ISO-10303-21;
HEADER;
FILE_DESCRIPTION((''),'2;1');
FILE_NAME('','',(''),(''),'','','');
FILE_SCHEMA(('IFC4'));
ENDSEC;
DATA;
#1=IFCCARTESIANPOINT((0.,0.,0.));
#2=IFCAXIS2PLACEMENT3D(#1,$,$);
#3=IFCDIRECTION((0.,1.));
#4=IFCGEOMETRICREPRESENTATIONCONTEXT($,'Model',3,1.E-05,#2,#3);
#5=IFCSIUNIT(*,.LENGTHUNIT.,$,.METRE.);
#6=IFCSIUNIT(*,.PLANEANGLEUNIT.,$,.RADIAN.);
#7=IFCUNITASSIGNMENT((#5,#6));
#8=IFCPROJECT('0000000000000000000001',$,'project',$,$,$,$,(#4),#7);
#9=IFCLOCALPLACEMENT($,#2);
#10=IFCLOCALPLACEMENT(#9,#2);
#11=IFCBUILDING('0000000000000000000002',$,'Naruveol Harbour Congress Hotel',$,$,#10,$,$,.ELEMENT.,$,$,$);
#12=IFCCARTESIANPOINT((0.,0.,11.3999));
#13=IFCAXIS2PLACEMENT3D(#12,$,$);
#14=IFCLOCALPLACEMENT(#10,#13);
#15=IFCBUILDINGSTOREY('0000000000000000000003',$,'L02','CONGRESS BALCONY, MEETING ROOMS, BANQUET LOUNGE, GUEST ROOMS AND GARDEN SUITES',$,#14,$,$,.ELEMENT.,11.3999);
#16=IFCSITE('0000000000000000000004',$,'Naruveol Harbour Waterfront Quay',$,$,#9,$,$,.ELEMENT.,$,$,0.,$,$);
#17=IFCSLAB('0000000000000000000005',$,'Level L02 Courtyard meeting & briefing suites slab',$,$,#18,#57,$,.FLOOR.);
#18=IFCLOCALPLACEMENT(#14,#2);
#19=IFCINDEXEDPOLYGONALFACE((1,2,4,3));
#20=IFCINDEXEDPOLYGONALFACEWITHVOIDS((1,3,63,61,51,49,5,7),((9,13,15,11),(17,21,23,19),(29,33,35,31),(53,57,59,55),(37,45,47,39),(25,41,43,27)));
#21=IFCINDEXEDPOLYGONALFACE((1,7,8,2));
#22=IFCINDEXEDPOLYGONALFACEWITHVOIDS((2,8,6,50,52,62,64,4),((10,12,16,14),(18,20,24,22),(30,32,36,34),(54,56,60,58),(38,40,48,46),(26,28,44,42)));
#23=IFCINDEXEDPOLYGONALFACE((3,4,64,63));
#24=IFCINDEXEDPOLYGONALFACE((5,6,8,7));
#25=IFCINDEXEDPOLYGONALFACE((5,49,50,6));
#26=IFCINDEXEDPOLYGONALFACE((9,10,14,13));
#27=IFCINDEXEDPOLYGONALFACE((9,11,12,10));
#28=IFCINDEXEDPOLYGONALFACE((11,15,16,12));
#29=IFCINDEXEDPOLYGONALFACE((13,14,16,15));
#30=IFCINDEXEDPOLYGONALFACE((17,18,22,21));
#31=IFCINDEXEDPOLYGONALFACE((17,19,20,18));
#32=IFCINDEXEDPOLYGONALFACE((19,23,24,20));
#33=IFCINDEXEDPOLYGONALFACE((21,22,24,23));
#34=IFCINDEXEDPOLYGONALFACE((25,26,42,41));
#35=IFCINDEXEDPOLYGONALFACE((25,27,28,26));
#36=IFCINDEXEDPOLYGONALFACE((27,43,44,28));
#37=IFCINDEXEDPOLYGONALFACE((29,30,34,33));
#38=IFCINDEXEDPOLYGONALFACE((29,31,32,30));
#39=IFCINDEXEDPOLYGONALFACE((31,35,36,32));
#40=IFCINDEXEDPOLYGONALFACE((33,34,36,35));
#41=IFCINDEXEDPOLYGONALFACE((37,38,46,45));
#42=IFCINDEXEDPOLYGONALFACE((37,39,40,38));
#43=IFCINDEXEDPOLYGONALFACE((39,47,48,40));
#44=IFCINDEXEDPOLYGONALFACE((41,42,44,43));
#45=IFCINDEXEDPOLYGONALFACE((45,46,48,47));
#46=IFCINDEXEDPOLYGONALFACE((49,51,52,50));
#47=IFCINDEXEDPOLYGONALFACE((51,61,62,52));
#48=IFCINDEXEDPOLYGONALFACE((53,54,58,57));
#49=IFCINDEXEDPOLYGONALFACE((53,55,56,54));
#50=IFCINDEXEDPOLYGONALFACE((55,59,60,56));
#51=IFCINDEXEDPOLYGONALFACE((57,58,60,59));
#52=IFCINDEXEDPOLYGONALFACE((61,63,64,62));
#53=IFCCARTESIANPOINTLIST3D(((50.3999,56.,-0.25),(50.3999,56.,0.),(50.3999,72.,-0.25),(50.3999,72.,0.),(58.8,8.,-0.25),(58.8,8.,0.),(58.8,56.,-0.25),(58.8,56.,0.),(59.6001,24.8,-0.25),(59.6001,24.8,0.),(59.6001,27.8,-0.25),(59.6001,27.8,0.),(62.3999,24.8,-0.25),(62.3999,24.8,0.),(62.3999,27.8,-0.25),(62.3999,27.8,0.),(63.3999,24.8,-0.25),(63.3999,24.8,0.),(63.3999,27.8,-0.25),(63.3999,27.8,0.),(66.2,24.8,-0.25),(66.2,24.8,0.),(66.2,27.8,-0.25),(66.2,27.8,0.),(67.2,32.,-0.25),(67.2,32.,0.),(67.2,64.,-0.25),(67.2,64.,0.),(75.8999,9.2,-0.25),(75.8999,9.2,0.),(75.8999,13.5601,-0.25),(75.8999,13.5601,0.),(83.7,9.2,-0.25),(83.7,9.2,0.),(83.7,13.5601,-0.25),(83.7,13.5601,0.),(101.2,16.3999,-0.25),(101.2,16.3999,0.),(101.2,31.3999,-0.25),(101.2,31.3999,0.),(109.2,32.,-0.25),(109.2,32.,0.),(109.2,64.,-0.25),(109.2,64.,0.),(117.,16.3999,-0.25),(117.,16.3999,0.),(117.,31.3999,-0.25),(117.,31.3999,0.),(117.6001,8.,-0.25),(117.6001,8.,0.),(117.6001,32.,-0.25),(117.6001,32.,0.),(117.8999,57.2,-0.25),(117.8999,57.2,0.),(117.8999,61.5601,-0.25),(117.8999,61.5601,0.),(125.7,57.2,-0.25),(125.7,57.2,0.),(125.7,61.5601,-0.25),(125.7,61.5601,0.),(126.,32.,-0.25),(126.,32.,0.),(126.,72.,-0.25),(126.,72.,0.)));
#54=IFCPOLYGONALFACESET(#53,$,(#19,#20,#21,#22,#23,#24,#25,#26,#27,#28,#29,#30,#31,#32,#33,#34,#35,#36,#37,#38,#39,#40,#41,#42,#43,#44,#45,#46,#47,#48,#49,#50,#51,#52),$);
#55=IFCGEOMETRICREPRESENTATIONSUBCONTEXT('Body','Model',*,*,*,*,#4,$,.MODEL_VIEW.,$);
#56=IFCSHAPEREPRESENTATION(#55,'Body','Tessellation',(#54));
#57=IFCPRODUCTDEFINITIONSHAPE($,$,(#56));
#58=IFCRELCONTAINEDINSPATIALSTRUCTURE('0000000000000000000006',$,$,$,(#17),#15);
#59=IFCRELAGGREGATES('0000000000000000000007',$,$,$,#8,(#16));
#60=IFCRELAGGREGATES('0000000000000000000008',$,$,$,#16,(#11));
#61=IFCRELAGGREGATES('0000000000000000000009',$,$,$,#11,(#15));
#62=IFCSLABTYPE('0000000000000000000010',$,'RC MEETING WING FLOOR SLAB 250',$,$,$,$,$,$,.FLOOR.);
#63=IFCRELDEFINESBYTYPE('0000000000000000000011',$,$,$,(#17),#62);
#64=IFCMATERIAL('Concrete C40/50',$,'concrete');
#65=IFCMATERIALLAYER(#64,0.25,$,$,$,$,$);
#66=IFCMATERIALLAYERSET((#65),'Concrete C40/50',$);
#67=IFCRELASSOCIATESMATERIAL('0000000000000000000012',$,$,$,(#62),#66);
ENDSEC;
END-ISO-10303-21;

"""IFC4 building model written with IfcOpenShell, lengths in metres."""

from ifc_helpers import new_model, si_unit, direction, frame, origin, place, context, subcontext, project, spatial, polyline, outline, extrude, material, layer, layer_set, type_object, element, save


model = new_model("IFC4")

# Units and contexts
model_context = context("Model", 3, precision=1e-05, world=origin(), true_north=direction((0.0, 1.0)))
body_context = subcontext(model_context, "Body", "Model", "MODEL_VIEW")
ifc_project = project(units=[si_unit("LENGTHUNIT", "METRE"), si_unit("PLANEANGLEUNIT", "RADIAN")], contexts=[model_context])

# Site, building, storey
site_placement = place(None, origin())
site = spatial("IfcSite", under=ifc_project, at=site_placement, Name="Naruveol Harbour Waterfront Quay", CompositionType="ELEMENT", RefElevation=0.0)
building_placement = place(site_placement, origin())
building = spatial("IfcBuilding", under=site, at=building_placement, Name="Naruveol Harbour Congress Hotel", CompositionType="ELEMENT")
storey_placement = place(building_placement, frame((0.0, 0.0, 11.3999)))
storey = spatial("IfcBuildingStorey", under=building, at=storey_placement, Name="L02", Description="CONGRESS BALCONY, MEETING ROOMS, BANQUET LOUNGE, GUEST ROOMS AND GARDEN SUITES", CompositionType="ELEMENT", Elevation=11.3999)

# Slab
ifc_material_1 = material(Name="Concrete C40/50", Category="concrete")
ifc_layer_1 = layer(ifc_material_1, 0.25)
ifc_layer_set_1 = layer_set([ifc_layer_1], Name="Concrete C40/50")
slab_type_1 = type_object("IfcSlabType", Name="RC MEETING WING FLOOR SLAB 250", PredefinedType="FLOOR", material=ifc_layer_set_1)
slab_1_placement = place(storey_placement, frame((0.0, 0.0, -0.25)))
element("IfcSlab", 1, at=slab_1_placement, inside=storey, type_object=slab_type_1, Name="Level L02 Courtyard meeting & briefing suites slab", PredefinedType="FLOOR", context=body_context, shape_type="SweptSolid", body=[
    extrude(outline(polyline([(58.8, 8.0), (117.6001, 8.0), (117.6001, 32.0), (126.0, 32.0), (126.0, 72.0), (50.3999, 72.0), (50.3999, 56.0), (58.8, 56.0), (58.8, 8.0)]), holes=[polyline([(67.2, 32.0), (109.2, 32.0), (109.2, 64.0), (67.2, 64.0), (67.2, 32.0)]), polyline([(101.2, 16.3999), (117.0, 16.3999), (117.0, 31.3999), (101.2, 31.3999), (101.2, 16.3999)]), polyline([(117.8999, 57.2), (125.7, 57.2), (125.7, 61.5601), (117.8999, 61.5601), (117.8999, 57.2)]), polyline([(75.8999, 9.2), (83.7, 9.2), (83.7, 13.5601), (75.8999, 13.5601), (75.8999, 9.2)]), polyline([(59.6001, 24.8), (62.3999, 24.8), (62.3999, 27.8), (59.6001, 27.8), (59.6001, 24.8)]), polyline([(63.3999, 24.8), (66.2, 24.8), (66.2, 27.8), (63.3999, 27.8), (63.3999, 24.8)])]), origin(), (0.0, 0.0, 1.0), 0.25),
])

save(model, "model.ifc")
